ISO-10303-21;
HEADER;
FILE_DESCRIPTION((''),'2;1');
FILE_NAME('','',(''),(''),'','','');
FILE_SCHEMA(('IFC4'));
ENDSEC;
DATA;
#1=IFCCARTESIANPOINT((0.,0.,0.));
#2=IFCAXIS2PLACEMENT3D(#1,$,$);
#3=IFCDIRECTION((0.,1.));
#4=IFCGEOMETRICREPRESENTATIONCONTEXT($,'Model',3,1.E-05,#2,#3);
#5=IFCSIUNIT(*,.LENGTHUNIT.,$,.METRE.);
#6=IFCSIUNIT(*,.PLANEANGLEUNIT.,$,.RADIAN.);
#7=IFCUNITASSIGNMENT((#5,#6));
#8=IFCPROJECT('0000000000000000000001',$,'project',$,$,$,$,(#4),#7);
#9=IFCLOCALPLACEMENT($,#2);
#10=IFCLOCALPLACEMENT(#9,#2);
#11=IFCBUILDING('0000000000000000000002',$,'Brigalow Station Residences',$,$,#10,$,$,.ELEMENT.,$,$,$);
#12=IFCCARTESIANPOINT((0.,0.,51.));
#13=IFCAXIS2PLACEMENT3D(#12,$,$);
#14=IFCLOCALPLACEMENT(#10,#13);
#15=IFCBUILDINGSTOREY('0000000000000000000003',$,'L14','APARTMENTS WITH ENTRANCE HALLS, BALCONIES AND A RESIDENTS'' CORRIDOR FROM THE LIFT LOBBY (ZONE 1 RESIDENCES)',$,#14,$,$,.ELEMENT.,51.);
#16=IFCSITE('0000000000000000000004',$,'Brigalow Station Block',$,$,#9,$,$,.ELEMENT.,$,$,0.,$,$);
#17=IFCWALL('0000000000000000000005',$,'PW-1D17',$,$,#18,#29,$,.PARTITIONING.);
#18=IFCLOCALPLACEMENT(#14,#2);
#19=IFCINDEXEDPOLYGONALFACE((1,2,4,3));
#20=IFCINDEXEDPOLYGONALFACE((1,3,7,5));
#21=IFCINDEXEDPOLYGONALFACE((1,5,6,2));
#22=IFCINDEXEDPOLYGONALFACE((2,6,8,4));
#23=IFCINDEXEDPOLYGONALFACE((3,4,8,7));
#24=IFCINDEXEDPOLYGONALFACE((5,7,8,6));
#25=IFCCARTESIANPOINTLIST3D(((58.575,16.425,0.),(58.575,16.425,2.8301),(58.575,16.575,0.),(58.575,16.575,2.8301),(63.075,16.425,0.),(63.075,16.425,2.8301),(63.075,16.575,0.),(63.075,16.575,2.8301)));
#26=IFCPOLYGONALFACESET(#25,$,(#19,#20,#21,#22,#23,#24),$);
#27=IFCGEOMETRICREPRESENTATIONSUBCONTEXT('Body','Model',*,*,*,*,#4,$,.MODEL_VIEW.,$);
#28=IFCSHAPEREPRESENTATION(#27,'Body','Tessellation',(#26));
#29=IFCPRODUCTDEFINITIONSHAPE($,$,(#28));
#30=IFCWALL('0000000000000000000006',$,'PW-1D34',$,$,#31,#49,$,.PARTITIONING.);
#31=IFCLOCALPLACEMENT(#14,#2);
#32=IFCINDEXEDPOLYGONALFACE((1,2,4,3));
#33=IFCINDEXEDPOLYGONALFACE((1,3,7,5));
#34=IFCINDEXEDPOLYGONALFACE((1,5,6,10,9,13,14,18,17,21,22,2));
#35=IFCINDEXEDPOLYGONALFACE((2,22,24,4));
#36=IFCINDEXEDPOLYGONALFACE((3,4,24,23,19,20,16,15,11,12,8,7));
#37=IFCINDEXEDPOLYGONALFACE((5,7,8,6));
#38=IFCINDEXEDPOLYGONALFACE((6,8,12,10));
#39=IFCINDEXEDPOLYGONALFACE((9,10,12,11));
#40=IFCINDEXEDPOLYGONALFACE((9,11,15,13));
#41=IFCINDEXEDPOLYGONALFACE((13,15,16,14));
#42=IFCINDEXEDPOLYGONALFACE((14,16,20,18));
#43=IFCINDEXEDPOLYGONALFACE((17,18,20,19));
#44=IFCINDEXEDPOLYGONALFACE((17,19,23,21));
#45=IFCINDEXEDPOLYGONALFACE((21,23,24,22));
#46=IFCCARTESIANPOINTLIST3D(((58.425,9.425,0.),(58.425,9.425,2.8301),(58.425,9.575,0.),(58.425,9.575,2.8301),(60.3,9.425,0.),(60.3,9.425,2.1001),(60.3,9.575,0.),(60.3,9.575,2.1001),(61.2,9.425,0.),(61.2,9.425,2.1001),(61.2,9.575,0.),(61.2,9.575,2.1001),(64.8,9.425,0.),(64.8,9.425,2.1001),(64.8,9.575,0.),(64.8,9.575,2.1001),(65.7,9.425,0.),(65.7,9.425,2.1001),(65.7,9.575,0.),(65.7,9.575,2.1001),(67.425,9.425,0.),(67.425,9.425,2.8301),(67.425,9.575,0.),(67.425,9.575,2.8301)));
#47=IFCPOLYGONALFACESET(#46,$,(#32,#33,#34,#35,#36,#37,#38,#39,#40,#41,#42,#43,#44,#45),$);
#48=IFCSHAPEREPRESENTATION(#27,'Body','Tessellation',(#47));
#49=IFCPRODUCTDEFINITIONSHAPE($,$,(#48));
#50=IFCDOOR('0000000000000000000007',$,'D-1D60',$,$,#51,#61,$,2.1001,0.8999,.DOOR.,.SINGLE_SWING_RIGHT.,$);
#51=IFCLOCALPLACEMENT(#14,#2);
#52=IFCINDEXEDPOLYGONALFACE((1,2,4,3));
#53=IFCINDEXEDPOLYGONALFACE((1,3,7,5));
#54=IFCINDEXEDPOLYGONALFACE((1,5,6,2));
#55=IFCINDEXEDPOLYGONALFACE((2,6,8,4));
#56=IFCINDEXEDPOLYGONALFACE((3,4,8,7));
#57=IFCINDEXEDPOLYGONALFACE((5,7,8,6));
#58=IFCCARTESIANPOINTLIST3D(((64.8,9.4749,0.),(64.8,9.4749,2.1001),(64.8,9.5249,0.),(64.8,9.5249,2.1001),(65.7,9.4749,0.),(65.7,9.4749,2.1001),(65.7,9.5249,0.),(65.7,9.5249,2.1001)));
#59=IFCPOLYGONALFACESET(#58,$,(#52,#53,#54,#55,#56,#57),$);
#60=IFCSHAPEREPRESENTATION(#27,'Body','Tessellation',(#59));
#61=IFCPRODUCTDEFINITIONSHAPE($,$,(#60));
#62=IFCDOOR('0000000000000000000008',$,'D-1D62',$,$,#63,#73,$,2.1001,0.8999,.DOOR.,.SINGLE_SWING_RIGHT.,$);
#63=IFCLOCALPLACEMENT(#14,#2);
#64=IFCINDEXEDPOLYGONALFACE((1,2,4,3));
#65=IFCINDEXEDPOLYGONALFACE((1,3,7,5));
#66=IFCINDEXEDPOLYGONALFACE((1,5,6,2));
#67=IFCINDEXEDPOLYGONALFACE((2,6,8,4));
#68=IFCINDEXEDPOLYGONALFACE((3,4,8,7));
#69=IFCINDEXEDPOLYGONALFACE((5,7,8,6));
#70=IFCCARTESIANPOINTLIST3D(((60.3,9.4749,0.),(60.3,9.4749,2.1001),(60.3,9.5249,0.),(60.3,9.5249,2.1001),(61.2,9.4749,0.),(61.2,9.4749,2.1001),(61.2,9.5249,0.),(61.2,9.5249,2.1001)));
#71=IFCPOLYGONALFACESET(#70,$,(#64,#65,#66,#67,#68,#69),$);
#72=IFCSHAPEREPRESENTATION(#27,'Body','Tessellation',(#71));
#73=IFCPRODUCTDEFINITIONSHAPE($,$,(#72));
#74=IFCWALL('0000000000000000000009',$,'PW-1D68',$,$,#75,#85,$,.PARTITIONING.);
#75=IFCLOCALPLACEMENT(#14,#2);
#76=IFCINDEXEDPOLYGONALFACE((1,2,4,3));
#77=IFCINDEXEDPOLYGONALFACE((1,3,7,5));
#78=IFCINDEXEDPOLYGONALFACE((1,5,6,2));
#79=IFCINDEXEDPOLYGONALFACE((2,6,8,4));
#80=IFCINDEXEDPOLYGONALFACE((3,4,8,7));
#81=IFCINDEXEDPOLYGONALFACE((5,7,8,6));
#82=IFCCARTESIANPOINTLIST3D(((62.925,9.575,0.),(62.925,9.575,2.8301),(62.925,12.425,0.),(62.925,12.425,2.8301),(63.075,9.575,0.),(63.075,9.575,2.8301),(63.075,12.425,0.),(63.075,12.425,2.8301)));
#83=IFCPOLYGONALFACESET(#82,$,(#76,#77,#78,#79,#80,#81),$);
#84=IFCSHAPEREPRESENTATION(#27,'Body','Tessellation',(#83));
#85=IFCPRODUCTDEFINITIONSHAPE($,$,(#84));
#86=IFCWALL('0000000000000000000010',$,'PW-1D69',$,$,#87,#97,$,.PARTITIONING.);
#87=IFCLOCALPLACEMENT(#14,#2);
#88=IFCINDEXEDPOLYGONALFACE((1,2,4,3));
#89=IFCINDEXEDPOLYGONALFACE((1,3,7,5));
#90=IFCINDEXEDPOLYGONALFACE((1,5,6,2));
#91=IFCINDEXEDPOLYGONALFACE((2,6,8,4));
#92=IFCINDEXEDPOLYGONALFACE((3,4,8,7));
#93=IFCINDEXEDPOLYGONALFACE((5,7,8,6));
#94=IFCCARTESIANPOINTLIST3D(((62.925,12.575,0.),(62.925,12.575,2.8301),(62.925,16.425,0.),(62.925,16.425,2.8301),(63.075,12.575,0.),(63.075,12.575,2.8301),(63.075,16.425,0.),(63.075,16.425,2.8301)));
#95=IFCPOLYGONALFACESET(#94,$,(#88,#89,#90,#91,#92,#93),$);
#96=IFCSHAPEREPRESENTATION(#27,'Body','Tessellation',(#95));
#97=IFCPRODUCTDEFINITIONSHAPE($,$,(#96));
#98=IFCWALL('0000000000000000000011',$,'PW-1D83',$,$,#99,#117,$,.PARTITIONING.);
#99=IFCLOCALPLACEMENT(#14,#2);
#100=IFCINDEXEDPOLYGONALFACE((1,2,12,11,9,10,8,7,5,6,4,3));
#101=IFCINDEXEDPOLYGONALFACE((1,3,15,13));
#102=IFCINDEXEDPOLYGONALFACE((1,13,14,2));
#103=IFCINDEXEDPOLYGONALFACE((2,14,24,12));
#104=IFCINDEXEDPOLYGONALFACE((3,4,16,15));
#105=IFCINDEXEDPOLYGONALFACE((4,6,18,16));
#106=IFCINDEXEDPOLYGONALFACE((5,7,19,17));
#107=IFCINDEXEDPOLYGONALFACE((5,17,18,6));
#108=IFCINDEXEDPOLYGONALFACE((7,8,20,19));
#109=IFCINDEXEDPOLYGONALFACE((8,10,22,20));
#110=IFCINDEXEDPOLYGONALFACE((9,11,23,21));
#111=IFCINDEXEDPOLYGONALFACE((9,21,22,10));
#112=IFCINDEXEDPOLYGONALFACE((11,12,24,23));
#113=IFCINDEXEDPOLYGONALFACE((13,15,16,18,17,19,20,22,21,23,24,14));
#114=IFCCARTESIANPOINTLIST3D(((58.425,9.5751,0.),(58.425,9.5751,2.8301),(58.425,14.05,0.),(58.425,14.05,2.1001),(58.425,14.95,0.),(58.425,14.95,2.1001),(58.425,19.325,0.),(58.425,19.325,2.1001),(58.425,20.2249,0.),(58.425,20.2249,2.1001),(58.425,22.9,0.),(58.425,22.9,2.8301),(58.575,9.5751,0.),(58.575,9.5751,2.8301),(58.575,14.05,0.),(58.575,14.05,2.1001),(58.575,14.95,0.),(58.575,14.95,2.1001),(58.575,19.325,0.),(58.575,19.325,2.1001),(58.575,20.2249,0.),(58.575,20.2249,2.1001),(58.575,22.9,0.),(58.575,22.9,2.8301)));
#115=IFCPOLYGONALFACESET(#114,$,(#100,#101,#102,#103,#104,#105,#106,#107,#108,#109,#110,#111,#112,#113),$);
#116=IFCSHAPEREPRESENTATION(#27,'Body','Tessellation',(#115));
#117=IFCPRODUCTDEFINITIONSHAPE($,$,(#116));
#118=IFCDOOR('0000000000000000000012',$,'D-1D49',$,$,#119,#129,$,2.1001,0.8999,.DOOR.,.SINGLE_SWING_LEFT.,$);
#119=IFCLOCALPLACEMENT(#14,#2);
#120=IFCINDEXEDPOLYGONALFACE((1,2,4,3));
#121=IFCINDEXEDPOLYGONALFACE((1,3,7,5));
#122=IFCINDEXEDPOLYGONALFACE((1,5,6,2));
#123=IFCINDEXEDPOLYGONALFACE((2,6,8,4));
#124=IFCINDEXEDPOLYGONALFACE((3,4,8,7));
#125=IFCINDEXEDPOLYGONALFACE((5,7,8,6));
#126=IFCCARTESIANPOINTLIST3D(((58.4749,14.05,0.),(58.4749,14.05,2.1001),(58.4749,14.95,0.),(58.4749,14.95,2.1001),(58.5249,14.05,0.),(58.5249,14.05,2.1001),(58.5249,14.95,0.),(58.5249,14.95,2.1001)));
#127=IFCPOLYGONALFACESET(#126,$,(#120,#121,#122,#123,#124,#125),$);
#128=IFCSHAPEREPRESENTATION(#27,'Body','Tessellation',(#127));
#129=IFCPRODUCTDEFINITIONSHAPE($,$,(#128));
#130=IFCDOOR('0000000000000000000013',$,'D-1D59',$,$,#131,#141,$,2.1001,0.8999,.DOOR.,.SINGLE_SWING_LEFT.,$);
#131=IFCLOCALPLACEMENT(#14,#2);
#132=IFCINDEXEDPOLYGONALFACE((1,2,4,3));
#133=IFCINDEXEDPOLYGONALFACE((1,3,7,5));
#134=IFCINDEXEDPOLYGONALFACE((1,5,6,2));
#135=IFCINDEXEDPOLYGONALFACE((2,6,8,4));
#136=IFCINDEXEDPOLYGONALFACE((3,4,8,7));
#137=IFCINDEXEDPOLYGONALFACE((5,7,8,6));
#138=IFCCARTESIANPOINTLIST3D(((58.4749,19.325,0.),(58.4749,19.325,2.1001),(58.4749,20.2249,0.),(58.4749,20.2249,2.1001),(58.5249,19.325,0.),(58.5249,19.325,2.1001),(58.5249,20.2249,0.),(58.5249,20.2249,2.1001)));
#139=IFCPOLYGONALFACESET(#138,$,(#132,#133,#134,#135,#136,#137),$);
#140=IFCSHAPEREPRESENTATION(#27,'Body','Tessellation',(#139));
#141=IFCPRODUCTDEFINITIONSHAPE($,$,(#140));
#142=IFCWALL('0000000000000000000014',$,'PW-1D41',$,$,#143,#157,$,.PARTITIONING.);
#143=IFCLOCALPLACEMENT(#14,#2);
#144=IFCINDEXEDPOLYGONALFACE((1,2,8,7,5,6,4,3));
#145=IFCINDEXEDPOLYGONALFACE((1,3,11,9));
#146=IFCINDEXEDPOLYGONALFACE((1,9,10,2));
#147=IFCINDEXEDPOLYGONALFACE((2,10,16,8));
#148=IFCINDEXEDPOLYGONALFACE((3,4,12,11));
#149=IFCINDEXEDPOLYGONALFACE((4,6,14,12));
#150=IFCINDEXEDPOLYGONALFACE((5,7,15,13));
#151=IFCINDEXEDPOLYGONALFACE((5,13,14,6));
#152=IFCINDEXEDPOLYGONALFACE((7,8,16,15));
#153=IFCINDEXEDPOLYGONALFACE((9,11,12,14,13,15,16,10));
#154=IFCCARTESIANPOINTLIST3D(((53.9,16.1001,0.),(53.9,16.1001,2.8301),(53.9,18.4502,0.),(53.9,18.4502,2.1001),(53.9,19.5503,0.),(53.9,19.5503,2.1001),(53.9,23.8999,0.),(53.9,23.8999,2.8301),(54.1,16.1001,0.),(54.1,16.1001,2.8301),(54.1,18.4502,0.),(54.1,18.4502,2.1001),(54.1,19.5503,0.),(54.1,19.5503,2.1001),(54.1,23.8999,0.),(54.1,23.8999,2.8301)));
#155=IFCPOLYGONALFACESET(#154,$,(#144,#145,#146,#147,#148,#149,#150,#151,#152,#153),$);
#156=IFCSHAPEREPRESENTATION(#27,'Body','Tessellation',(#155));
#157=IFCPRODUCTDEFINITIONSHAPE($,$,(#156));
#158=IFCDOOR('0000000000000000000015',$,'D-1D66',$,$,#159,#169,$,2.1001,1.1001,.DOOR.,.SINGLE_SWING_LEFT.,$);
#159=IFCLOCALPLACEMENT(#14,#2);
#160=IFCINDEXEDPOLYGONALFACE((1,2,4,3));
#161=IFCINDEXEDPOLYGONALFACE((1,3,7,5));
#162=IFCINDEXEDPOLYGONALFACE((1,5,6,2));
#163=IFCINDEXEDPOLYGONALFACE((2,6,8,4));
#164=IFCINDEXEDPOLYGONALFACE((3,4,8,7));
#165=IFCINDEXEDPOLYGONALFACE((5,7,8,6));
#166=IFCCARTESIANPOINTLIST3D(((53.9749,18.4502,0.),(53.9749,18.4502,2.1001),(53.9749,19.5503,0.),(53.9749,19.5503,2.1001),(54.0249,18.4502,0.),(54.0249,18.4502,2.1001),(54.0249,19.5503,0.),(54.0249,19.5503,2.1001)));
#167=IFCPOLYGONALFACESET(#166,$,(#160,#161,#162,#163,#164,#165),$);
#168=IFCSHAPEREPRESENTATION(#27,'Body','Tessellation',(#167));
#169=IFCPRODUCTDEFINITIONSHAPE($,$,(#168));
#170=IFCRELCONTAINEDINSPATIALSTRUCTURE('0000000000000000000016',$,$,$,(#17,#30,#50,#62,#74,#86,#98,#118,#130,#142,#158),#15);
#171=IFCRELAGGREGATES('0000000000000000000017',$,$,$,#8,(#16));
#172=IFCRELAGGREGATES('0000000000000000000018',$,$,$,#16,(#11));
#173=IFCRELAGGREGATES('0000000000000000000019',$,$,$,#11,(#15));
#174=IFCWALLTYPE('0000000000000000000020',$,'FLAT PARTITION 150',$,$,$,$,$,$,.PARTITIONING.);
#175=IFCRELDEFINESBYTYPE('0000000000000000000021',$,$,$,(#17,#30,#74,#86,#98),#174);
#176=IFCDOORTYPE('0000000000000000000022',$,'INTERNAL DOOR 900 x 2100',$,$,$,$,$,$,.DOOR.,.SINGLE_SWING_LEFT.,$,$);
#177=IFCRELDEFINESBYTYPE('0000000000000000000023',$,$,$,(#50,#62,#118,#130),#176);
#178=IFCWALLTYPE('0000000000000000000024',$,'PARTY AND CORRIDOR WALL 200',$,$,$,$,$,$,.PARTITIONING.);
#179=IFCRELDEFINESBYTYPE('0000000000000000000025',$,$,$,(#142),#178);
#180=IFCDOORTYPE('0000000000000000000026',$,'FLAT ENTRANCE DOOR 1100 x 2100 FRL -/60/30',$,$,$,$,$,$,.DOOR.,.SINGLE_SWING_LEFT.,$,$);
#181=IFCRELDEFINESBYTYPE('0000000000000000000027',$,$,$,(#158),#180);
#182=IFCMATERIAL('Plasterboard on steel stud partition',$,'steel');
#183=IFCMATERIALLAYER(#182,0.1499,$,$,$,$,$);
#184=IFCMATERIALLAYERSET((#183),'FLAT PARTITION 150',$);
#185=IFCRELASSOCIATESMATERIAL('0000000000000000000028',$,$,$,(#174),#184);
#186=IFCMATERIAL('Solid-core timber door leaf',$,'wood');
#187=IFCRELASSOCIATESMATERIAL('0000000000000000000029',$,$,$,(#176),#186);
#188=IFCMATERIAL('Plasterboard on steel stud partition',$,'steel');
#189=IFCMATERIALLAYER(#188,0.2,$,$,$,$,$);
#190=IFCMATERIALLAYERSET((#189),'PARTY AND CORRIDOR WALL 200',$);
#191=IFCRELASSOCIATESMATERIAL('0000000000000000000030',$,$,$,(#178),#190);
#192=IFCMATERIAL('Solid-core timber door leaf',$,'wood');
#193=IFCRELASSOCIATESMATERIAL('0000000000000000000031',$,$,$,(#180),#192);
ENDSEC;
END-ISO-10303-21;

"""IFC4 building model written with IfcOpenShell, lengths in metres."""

from ifc_helpers import new_model, si_unit, direction, frame, frame_2d, origin, place, context, subcontext, project, spatial, rectangle, extrude, material, layer, layer_set, type_object, element, fill, save


model = new_model("IFC4")

# Units and contexts
model_context = context("Model", 3, precision=1e-05, world=origin(), true_north=direction((0.0, 1.0)))
body_context = subcontext(model_context, "Body", "Model", "MODEL_VIEW")
ifc_project = project(units=[si_unit("LENGTHUNIT", "METRE"), si_unit("PLANEANGLEUNIT", "RADIAN")], contexts=[model_context])

# Site, building, storey
site_placement = place(None, origin())
site = spatial("IfcSite", under=ifc_project, at=site_placement, Name="Brigalow Station Block", CompositionType="ELEMENT", RefElevation=0.0)
building_placement = place(site_placement, origin())
building = spatial("IfcBuilding", under=site, at=building_placement, Name="Brigalow Station Residences", CompositionType="ELEMENT")
storey_placement = place(building_placement, frame((0.0, 0.0, 51.0)))
storey = spatial("IfcBuildingStorey", under=building, at=storey_placement, Name="L14", Description="APARTMENTS WITH ENTRANCE HALLS, BALCONIES AND A RESIDENTS' CORRIDOR FROM THE LIFT LOBBY (ZONE 1 RESIDENCES)", CompositionType="ELEMENT", Elevation=51.0)

# Shared definitions
ifc_material_1 = material(Name="Plasterboard on steel stud partition", Category="steel")
ifc_layer_1 = layer(ifc_material_1, 0.1499)
ifc_layer_set_1 = layer_set([ifc_layer_1], Name="FLAT PARTITION 150")
wall_type_1 = type_object("IfcWallType", Name="FLAT PARTITION 150", PredefinedType="PARTITIONING", material=ifc_layer_set_1)
ifc_material_2 = material(Name="Solid-core timber door leaf", Category="wood")
door_type_1 = type_object("IfcDoorType", Name="INTERNAL DOOR 900 x 2100", OperationType="SINGLE_SWING_LEFT", PredefinedType="DOOR", material=ifc_material_2)

# Wall
wall_1_placement = place(storey_placement, frame((58.575, 16.5, 0.0), z_axis=(0.0, 0.0, 1.0), x_axis=(1.0, 0.0, 0.0)))
element("IfcWall", 1, at=wall_1_placement, inside=storey, type_object=wall_type_1, Name="PW-1D17", PredefinedType="PARTITIONING", context=body_context, shape_type="SweptSolid", body=[
    extrude(rectangle(XDim=4.5, YDim=0.1499, at=frame_2d((2.25, 0.0))), origin(), (0.0, 0.0, 1.0), 2.8301),
])

# Wall, openings, doors
wall_2_placement = place(storey_placement, frame((58.425, 9.5, 0.0), z_axis=(0.0, 0.0, 1.0), x_axis=(1.0, 0.0, 0.0)))
wall_2 = element("IfcWall", 2, at=wall_2_placement, inside=storey, type_object=wall_type_1, Name="PW-1D34", PredefinedType="PARTITIONING", context=body_context, shape_type="SweptSolid", body=[
    extrude(rectangle(XDim=9.0, YDim=0.1499, at=frame_2d((4.5, 0.0))), origin(), (0.0, 0.0, 1.0), 2.8301),
])
opening_1_placement = place(wall_2_placement, frame((6.375, 0.0, 0.0)))
opening_1 = element("IfcOpeningElement", 3, at=opening_1_placement, cuts=wall_2, PredefinedType="OPENING", context=body_context, shape_type="SweptSolid", body=[
    extrude(rectangle(XDim=0.8999, YDim=2.1001, at=frame_2d((0.45, 1.05))), frame((0.0, 0.085, 0.0), z_axis=(0.0, -1.0, 0.0), x_axis=(1.0, 0.0, 0.0)), (0.0, 0.0, 1.0), 0.1699),
])
opening_2_placement = place(wall_2_placement, frame((1.875, 0.0, 0.0)))
opening_2 = element("IfcOpeningElement", 4, at=opening_2_placement, cuts=wall_2, PredefinedType="OPENING", context=body_context, shape_type="SweptSolid", body=[
    extrude(rectangle(XDim=0.8999, YDim=2.1001, at=frame_2d((0.45, 1.05))), frame((0.0, 0.085, 0.0), z_axis=(0.0, -1.0, 0.0), x_axis=(1.0, 0.0, 0.0)), (0.0, 0.0, 1.0), 0.1699),
])
door_1_placement = place(opening_1_placement, origin())
door_1 = element("IfcDoor", 5, at=door_1_placement, inside=storey, type_object=door_type_1, Name="D-1D60", OperationType="SINGLE_SWING_RIGHT", OverallHeight=2.1001, OverallWidth=0.8999, PredefinedType="DOOR", context=body_context, shape_type="SweptSolid", body=[
    extrude(rectangle(XDim=0.8999, YDim=2.1001, at=frame_2d((0.45, 1.05))), frame((0.0, 0.0249, 0.0), z_axis=(0.0, -1.0, 0.0), x_axis=(1.0, 0.0, 0.0)), (0.0, 0.0, 1.0), 0.05),
])
fill(opening_1, door_1)
door_2_placement = place(opening_2_placement, origin())
door_2 = element("IfcDoor", 6, at=door_2_placement, inside=storey, type_object=door_type_1, Name="D-1D62", OperationType="SINGLE_SWING_RIGHT", OverallHeight=2.1001, OverallWidth=0.8999, PredefinedType="DOOR", context=body_context, shape_type="SweptSolid", body=[
    extrude(rectangle(XDim=0.8999, YDim=2.1001, at=frame_2d((0.45, 1.05))), frame((0.0, 0.0249, 0.0), z_axis=(0.0, -1.0, 0.0), x_axis=(1.0, 0.0, 0.0)), (0.0, 0.0, 1.0), 0.05),
])
fill(opening_2, door_2)

# Walls
wall_3_placement = place(storey_placement, frame((63.0, 9.575, 0.0), z_axis=(0.0, 0.0, 1.0), x_axis=(0.0, 1.0, 0.0)))
element("IfcWall", 7, at=wall_3_placement, inside=storey, type_object=wall_type_1, Name="PW-1D68", PredefinedType="PARTITIONING", context=body_context, shape_type="SweptSolid", body=[
    extrude(rectangle(XDim=2.8501, YDim=0.1499, at=frame_2d((1.425, 0.0))), origin(), (0.0, 0.0, 1.0), 2.8301),
])
wall_4_placement = place(storey_placement, frame((63.0, 12.575, 0.0), z_axis=(0.0, 0.0, 1.0), x_axis=(0.0, 1.0, 0.0)))
element("IfcWall", 8, at=wall_4_placement, inside=storey, type_object=wall_type_1, Name="PW-1D69", PredefinedType="PARTITIONING", context=body_context, shape_type="SweptSolid", body=[
    extrude(rectangle(XDim=3.8501, YDim=0.1499, at=frame_2d((1.925, 0.0))), origin(), (0.0, 0.0, 1.0), 2.8301),
])

# Wall, openings, doors
wall_5_placement = place(storey_placement, frame((58.5, 9.575, 0.0), z_axis=(0.0, 0.0, 1.0), x_axis=(0.0, 1.0, 0.0)))
wall_5 = element("IfcWall", 9, at=wall_5_placement, inside=storey, type_object=wall_type_1, Name="PW-1D83", PredefinedType="PARTITIONING", context=body_context, shape_type="SweptSolid", body=[
    extrude(rectangle(XDim=13.325, YDim=0.1499, at=frame_2d((6.6626, 0.0))), origin(), (0.0, 0.0, 1.0), 2.8301),
])
opening_3_placement = place(wall_5_placement, frame((4.4751, 0.0, 0.0)))
opening_3 = element("IfcOpeningElement", 10, at=opening_3_placement, cuts=wall_5, PredefinedType="OPENING", context=body_context, shape_type="SweptSolid", body=[
    extrude(rectangle(XDim=0.8999, YDim=2.1001, at=frame_2d((0.45, 1.05))), frame((0.0, 0.085, 0.0), z_axis=(0.0, -1.0, 0.0), x_axis=(1.0, 0.0, 0.0)), (0.0, 0.0, 1.0), 0.1699),
])
opening_4_placement = place(wall_5_placement, frame((9.75, 0.0, 0.0)))
opening_4 = element("IfcOpeningElement", 11, at=opening_4_placement, cuts=wall_5, PredefinedType="OPENING", context=body_context, shape_type="SweptSolid", body=[
    extrude(rectangle(XDim=0.8999, YDim=2.1001, at=frame_2d((0.45, 1.05))), frame((0.0, 0.085, 0.0), z_axis=(0.0, -1.0, 0.0), x_axis=(1.0, 0.0, 0.0)), (0.0, 0.0, 1.0), 0.1699),
])
door_3_placement = place(opening_3_placement, frame((0.8999, 0.0, 0.0), z_axis=(0.0, 0.0, 1.0), x_axis=(-1.0, 0.0, 0.0)))
door_3 = element("IfcDoor", 12, at=door_3_placement, inside=storey, type_object=door_type_1, Name="D-1D49", OperationType="SINGLE_SWING_LEFT", OverallHeight=2.1001, OverallWidth=0.8999, PredefinedType="DOOR", context=body_context, shape_type="SweptSolid", body=[
    extrude(rectangle(XDim=0.8999, YDim=2.1001, at=frame_2d((0.45, 1.05))), frame((0.0, 0.0249, 0.0), z_axis=(0.0, -1.0, 0.0), x_axis=(1.0, 0.0, 0.0)), (0.0, 0.0, 1.0), 0.05),
])
fill(opening_3, door_3)
door_4_placement = place(opening_4_placement, frame((0.8999, 0.0, 0.0), z_axis=(0.0, 0.0, 1.0), x_axis=(-1.0, 0.0, 0.0)))
door_4 = element("IfcDoor", 13, at=door_4_placement, inside=storey, type_object=door_type_1, Name="D-1D59", OperationType="SINGLE_SWING_LEFT", OverallHeight=2.1001, OverallWidth=0.8999, PredefinedType="DOOR", context=body_context, shape_type="SweptSolid", body=[
    extrude(rectangle(XDim=0.8999, YDim=2.1001, at=frame_2d((0.45, 1.05))), frame((0.0, 0.0249, 0.0), z_axis=(0.0, -1.0, 0.0), x_axis=(1.0, 0.0, 0.0)), (0.0, 0.0, 1.0), 0.05),
])
fill(opening_4, door_4)

# Wall, opening, door
ifc_material_3 = material(Name="Plasterboard on steel stud partition", Category="steel")
ifc_layer_2 = layer(ifc_material_3, 0.2)
ifc_layer_set_2 = layer_set([ifc_layer_2], Name="PARTY AND CORRIDOR WALL 200")
wall_type_2 = type_object("IfcWallType", Name="PARTY AND CORRIDOR WALL 200", PredefinedType="PARTITIONING", material=ifc_layer_set_2)
wall_6_placement = place(storey_placement, frame((54.0, 16.1001, 0.0), z_axis=(0.0, 0.0, 1.0), x_axis=(0.0, 1.0, 0.0)))
wall_6 = element("IfcWall", 14, at=wall_6_placement, inside=storey, type_object=wall_type_2, Name="PW-1D41", PredefinedType="PARTITIONING", context=body_context, shape_type="SweptSolid", body=[
    extrude(rectangle(XDim=7.7998, YDim=0.2, at=frame_2d((3.8999, 0.0))), origin(), (0.0, 0.0, 1.0), 2.8301),
])
opening_5_placement = place(wall_6_placement, frame((2.3501, 0.0, 0.0)))
opening_5 = element("IfcOpeningElement", 15, at=opening_5_placement, cuts=wall_6, PredefinedType="OPENING", context=body_context, shape_type="SweptSolid", body=[
    extrude(rectangle(XDim=1.1001, YDim=2.1001, at=frame_2d((0.55, 1.05))), frame((0.0, 0.1099, 0.0), z_axis=(0.0, -1.0, 0.0), x_axis=(1.0, 0.0, 0.0)), (0.0, 0.0, 1.0), 0.22),
])
ifc_material_4 = material(Name="Solid-core timber door leaf", Category="wood")
door_type_2 = type_object("IfcDoorType", Name="FLAT ENTRANCE DOOR 1100 x 2100 FRL -/60/30", OperationType="SINGLE_SWING_LEFT", PredefinedType="DOOR", material=ifc_material_4)
door_5_placement = place(opening_5_placement, frame((1.1001, 0.0, 0.0), z_axis=(0.0, 0.0, 1.0), x_axis=(-1.0, 0.0, 0.0)))
door_5 = element("IfcDoor", 16, at=door_5_placement, inside=storey, type_object=door_type_2, Name="D-1D66", OperationType="SINGLE_SWING_LEFT", OverallHeight=2.1001, OverallWidth=1.1001, PredefinedType="DOOR", context=body_context, shape_type="SweptSolid", body=[
    extrude(rectangle(XDim=1.1001, YDim=2.1001, at=frame_2d((0.55, 1.05))), frame((0.0, 0.0249, 0.0), z_axis=(0.0, -1.0, 0.0), x_axis=(1.0, 0.0, 0.0)), (0.0, 0.0, 1.0), 0.05),
])
fill(opening_5, door_5)

save(model, "model.ifc")
